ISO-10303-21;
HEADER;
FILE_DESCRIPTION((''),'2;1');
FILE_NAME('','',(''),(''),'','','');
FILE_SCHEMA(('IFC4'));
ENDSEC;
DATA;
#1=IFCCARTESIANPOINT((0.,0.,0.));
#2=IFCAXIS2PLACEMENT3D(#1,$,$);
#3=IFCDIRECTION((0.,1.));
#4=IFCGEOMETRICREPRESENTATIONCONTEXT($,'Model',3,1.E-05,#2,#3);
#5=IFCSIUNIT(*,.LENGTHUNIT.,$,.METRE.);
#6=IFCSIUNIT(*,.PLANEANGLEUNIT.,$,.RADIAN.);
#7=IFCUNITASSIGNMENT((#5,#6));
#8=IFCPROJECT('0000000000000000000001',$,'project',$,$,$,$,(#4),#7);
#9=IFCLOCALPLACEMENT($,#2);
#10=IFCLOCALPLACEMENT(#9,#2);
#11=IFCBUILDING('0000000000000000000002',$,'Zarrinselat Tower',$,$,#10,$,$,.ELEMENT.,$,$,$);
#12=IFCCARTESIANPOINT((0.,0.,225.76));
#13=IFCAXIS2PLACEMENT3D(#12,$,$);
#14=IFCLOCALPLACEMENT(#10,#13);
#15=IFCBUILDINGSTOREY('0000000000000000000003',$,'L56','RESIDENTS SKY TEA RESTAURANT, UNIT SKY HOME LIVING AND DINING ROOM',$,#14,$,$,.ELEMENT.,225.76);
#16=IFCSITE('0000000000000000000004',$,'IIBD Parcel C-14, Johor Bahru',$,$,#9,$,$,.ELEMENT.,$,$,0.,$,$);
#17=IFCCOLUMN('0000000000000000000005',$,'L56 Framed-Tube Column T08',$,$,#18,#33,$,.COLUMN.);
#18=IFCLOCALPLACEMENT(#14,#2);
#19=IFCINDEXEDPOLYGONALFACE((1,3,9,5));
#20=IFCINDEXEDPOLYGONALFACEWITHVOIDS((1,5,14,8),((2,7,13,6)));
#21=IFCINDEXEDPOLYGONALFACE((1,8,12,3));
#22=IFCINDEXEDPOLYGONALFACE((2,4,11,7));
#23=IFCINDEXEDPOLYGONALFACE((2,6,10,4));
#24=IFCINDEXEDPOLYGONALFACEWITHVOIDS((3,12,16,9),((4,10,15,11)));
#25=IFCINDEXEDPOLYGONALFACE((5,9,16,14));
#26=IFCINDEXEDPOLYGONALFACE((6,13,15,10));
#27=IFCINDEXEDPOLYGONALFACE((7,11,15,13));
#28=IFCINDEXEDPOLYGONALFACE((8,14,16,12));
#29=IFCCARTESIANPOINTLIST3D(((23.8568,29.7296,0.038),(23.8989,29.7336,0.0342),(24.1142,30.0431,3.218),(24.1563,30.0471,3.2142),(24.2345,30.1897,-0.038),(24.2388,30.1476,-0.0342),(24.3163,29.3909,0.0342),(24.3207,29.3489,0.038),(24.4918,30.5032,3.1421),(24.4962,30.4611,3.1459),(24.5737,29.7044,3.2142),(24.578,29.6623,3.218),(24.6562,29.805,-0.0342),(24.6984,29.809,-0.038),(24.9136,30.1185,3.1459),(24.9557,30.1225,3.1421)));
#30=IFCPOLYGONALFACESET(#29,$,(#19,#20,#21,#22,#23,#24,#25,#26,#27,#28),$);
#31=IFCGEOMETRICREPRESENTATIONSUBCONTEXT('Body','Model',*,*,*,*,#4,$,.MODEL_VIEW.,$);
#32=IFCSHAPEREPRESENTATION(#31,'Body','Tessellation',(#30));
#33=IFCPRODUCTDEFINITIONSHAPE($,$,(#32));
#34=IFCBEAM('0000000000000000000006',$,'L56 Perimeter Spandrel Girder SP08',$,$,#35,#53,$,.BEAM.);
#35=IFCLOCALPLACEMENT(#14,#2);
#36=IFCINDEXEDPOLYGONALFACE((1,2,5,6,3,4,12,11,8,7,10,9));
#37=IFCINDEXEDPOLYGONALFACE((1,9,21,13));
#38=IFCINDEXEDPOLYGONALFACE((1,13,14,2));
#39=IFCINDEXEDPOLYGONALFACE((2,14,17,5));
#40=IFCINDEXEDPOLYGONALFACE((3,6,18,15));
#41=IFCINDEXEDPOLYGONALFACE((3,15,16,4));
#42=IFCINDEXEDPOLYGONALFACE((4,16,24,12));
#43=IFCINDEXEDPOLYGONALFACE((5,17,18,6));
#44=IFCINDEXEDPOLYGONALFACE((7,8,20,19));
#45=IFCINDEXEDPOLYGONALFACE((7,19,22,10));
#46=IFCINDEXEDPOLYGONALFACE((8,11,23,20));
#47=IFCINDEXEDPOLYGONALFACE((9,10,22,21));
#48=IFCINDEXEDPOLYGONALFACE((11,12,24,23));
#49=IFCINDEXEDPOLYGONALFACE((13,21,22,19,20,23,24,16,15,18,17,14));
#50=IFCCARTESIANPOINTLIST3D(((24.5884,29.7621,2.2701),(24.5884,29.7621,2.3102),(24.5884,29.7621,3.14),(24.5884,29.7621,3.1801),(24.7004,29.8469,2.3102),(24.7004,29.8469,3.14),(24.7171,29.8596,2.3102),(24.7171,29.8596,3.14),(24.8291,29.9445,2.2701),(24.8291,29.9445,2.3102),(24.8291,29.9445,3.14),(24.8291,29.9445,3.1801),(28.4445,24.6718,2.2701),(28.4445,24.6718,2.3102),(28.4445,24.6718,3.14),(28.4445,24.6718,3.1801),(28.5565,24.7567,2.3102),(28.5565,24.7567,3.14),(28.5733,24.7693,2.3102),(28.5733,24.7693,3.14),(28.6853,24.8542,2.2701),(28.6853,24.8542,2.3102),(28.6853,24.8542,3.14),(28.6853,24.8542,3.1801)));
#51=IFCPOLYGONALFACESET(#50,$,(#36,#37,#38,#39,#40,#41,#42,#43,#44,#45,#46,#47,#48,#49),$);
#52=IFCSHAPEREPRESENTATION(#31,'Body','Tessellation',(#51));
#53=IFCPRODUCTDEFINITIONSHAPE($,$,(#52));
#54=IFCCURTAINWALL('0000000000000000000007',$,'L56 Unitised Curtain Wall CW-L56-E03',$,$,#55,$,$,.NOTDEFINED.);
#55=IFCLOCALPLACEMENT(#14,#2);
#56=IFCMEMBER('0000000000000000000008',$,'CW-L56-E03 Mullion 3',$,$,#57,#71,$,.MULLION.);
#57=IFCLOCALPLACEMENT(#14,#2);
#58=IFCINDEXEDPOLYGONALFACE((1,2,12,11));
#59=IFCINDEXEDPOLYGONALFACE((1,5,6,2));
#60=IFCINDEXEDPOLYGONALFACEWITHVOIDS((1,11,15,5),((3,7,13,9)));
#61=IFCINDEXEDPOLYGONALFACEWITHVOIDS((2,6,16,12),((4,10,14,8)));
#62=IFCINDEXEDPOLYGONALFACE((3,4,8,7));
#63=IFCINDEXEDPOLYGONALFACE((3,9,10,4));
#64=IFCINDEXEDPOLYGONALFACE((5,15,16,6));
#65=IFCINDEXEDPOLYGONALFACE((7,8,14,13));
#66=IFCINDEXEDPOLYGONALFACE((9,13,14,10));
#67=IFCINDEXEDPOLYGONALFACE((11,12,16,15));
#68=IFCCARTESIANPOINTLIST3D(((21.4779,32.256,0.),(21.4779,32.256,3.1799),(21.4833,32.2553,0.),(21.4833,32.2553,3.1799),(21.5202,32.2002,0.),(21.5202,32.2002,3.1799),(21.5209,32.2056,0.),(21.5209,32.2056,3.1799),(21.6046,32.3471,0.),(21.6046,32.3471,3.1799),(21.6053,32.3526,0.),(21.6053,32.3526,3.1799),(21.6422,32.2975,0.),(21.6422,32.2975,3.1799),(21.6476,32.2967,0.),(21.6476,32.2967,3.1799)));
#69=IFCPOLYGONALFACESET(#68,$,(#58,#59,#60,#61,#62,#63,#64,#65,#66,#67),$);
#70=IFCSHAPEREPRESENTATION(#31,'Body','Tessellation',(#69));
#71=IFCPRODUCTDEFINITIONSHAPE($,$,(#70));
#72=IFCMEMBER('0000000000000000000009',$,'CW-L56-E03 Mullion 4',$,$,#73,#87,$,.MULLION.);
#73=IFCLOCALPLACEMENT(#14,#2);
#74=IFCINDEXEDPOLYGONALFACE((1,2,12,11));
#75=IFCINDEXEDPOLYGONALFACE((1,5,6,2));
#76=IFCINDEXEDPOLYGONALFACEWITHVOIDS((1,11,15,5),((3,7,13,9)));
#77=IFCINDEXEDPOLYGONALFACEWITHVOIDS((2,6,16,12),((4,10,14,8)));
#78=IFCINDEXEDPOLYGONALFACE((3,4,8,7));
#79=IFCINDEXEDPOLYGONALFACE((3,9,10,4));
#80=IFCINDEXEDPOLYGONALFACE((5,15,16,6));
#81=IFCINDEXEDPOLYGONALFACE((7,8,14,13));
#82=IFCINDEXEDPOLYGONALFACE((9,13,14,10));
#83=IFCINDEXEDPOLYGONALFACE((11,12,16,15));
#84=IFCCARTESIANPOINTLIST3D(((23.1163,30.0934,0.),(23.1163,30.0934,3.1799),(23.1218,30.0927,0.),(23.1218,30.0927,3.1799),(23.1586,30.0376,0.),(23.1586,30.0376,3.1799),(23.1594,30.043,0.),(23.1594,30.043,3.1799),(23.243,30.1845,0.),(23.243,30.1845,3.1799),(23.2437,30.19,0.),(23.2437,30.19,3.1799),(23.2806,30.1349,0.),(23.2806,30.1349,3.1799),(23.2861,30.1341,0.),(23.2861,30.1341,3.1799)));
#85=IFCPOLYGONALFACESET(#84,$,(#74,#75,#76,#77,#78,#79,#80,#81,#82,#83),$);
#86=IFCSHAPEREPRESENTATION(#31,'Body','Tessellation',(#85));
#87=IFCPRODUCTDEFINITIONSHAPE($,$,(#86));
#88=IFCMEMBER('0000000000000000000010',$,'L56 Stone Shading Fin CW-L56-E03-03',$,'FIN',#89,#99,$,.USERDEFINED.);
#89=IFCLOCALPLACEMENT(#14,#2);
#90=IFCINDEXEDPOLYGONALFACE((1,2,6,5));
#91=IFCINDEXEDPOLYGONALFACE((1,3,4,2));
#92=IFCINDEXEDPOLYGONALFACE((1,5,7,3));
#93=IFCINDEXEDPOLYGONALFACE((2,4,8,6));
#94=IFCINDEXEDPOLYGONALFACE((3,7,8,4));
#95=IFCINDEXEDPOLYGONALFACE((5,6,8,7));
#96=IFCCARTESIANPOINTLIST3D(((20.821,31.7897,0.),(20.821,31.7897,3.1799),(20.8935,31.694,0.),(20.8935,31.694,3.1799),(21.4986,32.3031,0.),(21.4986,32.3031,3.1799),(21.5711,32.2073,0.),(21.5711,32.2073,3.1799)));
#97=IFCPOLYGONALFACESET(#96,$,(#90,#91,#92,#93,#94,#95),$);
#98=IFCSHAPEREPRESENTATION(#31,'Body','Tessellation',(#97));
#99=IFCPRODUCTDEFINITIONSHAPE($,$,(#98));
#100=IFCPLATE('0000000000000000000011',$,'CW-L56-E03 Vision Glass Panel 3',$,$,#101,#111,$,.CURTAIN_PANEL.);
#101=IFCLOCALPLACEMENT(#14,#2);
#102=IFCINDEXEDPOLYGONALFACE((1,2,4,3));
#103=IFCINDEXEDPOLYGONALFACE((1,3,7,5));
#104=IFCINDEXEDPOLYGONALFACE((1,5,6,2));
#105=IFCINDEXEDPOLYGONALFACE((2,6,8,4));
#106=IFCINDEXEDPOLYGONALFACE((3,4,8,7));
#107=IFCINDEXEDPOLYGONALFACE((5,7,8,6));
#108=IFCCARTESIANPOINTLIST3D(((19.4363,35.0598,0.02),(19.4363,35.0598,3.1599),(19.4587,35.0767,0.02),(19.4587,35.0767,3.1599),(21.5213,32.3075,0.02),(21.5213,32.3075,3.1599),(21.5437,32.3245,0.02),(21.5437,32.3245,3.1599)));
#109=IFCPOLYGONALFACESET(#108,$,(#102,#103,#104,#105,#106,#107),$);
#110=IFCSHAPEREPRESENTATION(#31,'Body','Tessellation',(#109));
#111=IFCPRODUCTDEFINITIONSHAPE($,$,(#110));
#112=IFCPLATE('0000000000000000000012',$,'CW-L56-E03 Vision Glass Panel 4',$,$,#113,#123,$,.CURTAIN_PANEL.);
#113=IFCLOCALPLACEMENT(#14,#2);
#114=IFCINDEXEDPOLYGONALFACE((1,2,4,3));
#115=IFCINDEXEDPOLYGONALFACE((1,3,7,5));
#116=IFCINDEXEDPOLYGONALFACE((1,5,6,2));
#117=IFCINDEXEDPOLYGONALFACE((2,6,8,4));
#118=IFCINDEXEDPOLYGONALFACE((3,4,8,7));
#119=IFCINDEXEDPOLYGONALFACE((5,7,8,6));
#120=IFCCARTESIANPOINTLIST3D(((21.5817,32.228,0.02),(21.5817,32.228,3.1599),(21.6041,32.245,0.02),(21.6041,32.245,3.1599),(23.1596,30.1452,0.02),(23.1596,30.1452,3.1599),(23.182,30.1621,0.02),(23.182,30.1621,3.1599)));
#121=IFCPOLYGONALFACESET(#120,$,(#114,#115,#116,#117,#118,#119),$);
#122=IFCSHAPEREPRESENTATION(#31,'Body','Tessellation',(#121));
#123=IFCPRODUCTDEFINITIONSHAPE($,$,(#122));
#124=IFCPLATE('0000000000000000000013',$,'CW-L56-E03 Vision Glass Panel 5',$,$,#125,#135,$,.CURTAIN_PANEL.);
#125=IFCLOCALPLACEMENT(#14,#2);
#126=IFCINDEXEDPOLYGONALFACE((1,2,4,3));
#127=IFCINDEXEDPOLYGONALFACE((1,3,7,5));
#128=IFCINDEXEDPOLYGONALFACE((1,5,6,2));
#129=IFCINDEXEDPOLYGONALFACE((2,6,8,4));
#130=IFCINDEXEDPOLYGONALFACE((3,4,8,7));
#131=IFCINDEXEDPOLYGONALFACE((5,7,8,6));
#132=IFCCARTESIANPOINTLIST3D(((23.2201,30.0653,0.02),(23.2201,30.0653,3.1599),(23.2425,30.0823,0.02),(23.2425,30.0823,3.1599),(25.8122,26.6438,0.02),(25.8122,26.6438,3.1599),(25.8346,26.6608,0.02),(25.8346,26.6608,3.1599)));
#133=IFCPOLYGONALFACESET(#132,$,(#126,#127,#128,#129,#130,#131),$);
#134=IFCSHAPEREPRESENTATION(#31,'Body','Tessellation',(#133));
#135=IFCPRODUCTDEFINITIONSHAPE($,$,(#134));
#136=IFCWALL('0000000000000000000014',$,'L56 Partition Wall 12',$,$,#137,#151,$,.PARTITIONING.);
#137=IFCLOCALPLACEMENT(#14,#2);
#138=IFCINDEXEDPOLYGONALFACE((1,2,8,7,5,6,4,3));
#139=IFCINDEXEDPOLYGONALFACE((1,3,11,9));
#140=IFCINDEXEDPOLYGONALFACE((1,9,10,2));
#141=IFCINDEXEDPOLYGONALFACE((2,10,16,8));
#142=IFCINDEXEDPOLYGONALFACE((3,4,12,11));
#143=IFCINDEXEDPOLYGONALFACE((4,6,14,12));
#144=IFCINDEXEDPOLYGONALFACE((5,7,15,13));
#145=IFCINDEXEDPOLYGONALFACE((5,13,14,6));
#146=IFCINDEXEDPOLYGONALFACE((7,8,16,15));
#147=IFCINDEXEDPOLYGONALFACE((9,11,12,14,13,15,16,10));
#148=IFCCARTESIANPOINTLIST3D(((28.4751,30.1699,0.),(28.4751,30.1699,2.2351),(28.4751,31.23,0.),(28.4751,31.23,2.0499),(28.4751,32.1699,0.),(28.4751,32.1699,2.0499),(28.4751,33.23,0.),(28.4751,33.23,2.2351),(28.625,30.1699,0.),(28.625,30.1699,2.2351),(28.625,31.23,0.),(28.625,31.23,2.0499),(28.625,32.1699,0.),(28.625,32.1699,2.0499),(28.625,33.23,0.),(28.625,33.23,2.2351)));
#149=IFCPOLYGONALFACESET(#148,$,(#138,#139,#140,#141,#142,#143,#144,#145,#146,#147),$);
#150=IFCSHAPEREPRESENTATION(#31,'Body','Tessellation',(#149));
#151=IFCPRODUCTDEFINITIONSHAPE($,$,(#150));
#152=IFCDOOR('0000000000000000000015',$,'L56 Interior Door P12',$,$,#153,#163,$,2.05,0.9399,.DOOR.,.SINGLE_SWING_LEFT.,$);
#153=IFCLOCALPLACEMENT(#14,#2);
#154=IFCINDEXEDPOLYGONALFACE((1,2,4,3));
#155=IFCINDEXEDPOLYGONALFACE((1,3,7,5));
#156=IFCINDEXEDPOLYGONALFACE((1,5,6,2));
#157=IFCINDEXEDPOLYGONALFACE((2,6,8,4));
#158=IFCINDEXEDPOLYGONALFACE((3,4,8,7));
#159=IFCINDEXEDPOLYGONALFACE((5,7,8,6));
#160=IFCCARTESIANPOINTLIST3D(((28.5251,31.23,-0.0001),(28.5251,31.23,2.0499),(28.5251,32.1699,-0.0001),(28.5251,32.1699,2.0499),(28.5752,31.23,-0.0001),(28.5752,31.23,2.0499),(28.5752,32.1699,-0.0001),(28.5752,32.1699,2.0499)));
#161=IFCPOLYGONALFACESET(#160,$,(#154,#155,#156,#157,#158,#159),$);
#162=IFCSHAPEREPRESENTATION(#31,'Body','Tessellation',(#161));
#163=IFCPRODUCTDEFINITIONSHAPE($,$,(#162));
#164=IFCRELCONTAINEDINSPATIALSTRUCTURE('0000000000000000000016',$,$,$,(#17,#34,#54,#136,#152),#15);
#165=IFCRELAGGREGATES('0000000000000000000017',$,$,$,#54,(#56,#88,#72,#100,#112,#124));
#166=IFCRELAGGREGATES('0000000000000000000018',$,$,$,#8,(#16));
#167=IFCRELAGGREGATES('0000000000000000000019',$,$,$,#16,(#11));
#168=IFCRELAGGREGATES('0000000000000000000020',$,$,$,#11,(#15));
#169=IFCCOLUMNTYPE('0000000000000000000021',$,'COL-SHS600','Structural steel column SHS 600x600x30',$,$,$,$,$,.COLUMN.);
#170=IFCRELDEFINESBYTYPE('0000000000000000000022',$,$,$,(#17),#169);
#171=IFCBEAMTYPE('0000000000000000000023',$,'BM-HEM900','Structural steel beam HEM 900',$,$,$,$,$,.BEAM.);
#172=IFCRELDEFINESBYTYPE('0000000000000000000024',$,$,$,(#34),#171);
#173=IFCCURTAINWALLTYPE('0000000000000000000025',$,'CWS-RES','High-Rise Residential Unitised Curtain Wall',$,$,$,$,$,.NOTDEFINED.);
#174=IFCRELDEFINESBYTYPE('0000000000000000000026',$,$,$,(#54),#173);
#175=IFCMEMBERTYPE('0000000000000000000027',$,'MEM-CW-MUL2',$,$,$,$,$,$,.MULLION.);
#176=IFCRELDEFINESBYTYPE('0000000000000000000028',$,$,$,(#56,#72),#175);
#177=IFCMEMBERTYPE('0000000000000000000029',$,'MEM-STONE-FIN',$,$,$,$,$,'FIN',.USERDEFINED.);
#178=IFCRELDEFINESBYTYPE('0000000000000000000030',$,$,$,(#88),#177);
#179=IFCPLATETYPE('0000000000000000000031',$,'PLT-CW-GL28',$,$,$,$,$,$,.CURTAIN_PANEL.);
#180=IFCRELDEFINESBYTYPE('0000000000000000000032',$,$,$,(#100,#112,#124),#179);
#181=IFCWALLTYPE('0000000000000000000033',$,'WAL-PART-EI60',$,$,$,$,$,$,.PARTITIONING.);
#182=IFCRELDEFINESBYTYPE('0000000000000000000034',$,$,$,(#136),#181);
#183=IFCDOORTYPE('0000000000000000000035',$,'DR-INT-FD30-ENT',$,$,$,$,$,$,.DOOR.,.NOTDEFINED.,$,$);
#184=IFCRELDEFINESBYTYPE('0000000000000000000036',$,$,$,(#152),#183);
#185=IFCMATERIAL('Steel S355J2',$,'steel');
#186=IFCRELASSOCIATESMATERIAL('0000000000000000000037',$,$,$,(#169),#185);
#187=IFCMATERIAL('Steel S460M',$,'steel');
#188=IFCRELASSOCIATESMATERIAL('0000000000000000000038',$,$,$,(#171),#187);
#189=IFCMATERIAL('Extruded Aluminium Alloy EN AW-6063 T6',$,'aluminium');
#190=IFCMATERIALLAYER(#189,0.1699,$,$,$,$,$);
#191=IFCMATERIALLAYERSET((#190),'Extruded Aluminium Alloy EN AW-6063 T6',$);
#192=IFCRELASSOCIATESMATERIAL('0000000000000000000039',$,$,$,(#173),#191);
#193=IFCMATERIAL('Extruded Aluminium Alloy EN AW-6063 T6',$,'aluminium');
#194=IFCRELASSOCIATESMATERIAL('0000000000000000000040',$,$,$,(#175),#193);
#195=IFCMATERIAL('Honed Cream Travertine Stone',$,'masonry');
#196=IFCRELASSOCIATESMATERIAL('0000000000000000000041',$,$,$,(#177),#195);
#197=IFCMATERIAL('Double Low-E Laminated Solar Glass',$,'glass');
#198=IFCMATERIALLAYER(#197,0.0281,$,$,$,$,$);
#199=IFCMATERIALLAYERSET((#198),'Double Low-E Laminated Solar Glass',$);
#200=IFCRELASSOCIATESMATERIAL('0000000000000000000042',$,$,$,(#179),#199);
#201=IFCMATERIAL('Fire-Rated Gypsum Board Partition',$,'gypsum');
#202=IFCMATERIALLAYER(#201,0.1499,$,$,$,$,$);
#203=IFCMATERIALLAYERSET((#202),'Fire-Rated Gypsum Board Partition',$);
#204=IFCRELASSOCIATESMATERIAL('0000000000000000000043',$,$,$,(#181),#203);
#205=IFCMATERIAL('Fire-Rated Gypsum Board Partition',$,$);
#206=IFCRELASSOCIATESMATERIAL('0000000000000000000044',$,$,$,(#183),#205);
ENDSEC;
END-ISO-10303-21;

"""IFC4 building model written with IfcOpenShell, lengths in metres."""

from ifc_helpers import new_model, si_unit, direction, frame, frame_2d, origin, origin_2d, place, context, subcontext, project, spatial, rectangle, hollow_rectangle, i_section, extrude, material, layer, layer_set, material_profile, profile_set, type_object, element, fill, aggregate, save


model = new_model("IFC4")

# Units and contexts
model_context = context("Model", 3, precision=1e-05, world=origin(), true_north=direction((0.0, 1.0)))
body_context = subcontext(model_context, "Body", "Model", "MODEL_VIEW")
ifc_project = project(units=[si_unit("LENGTHUNIT", "METRE"), si_unit("PLANEANGLEUNIT", "RADIAN")], contexts=[model_context])

# Site, building, storey
site_placement = place(None, origin())
site = spatial("IfcSite", under=ifc_project, at=site_placement, Name="IIBD Parcel C-14, Johor Bahru", CompositionType="ELEMENT", RefElevation=0.0)
building_placement = place(site_placement, origin())
building = spatial("IfcBuilding", under=site, at=building_placement, Name="Zarrinselat Tower", CompositionType="ELEMENT")
storey_placement = place(building_placement, frame((0.0, 0.0, 225.76)))
storey = spatial("IfcBuildingStorey", under=building, at=storey_placement, Name="L56", Description="RESIDENTS SKY TEA RESTAURANT, UNIT SKY HOME LIVING AND DINING ROOM", CompositionType="ELEMENT", Elevation=225.76)

# Column
ifc_material_1 = material(Name="Steel S355J2", Category="steel")
ifc_material_profile_1 = material_profile(ifc_material_1, hollow_rectangle(XDim=0.6001, YDim=0.6001, WallThickness=0.03, at=origin_2d()), Name="SHS 600x600x30")
ifc_profile_set_1 = profile_set([ifc_material_profile_1], Name="Steel S355J2")
column_type = type_object("IfcColumnType", Name="COL-SHS600", Description="Structural steel column SHS 600x600x30", PredefinedType="COLUMN", material=ifc_profile_set_1)
column_placement = place(storey_placement, frame((24.2776, 29.7693, 0.0), z_axis=(0.080271, 0.097788, 0.991965), x_axis=(-0.772937, 0.634483, 0.0)))
element("IfcColumn", 1, at=column_placement, inside=storey, type_object=column_type, Name="L56 Framed-Tube Column T08", PredefinedType="COLUMN", context=body_context, shape_type="SweptSolid", body=[
    extrude(hollow_rectangle(XDim=0.6001, YDim=0.6001, WallThickness=0.03, at=origin_2d()), origin(), (0.0, 0.0, 1.0), 3.2058),
])

# Beam
ifc_material_2 = material(Name="Steel S460M", Category="steel")
ifc_material_profile_2 = material_profile(ifc_material_2, i_section(OverallWidth=0.302, OverallDepth=0.9099, WebThickness=0.021, FlangeThickness=0.04, at=origin_2d()), Name="HEM 900")
ifc_profile_set_2 = profile_set([ifc_material_profile_2], Name="Steel S460M")
beam_type = type_object("IfcBeamType", Name="BM-HEM900", Description="Structural steel beam HEM 900", PredefinedType="BEAM", material=ifc_profile_set_2)
beam_placement = place(storey_placement, frame((24.7087, 29.8533, 2.7251), z_axis=(0.603847, -0.797101, 0.0), x_axis=(0.797101, 0.603847, 0.0)))
element("IfcBeam", 2, at=beam_placement, inside=storey, type_object=beam_type, Name="L56 Perimeter Spandrel Girder SP08", PredefinedType="BEAM", context=body_context, shape_type="SweptSolid", body=[
    extrude(i_section(OverallWidth=0.302, OverallDepth=0.9099, WebThickness=0.021, FlangeThickness=0.04, at=origin_2d()), origin(), (0.0, 0.0, 1.0), 6.386),
])

# Curtain wall, members, plates
ifc_material_3 = material(Name="Extruded Aluminium Alloy EN AW-6063 T6", Category="aluminium")
ifc_layer_1 = layer(ifc_material_3, 0.1699)
ifc_layer_set_1 = layer_set([ifc_layer_1], Name="Extruded Aluminium Alloy EN AW-6063 T6")
curtain_wall_type = type_object("IfcCurtainWallType", Name="CWS-RES", Description="High-Rise Residential Unitised Curtain Wall", PredefinedType="NOTDEFINED", material=ifc_layer_set_1)
curtain_wall_placement = place(storey_placement, origin())
curtain_wall = element("IfcCurtainWall", 3, at=curtain_wall_placement, inside=storey, type_object=curtain_wall_type, Name="L56 Unitised Curtain Wall CW-L56-E03", PredefinedType="NOTDEFINED")
ifc_material_4 = material(Name="Extruded Aluminium Alloy EN AW-6063 T6", Category="aluminium")
ifc_material_profile_3 = material_profile(ifc_material_4, hollow_rectangle(XDim=0.0701, YDim=0.1599, WallThickness=0.0039, at=origin_2d()), Name="RHS 160x70x4")
ifc_profile_set_3 = profile_set([ifc_material_profile_3], Name="Extruded Aluminium Alloy EN AW-6063 T6")
member_type_1 = type_object("IfcMemberType", Name="MEM-CW-MUL2", PredefinedType="MULLION", material=ifc_profile_set_3)
member_1_placement = place(storey_placement, frame((21.5627, 32.2764, 0.0), z_axis=(0.0, 0.0, 1.0), x_axis=(0.60386, -0.797091, 0.0)))
member_1 = element("IfcMember", 4, at=member_1_placement, type_object=member_type_1, Name="CW-L56-E03 Mullion 3", PredefinedType="MULLION", context=body_context, shape_type="SweptSolid", body=[
    extrude(hollow_rectangle(XDim=0.0701, YDim=0.1599, WallThickness=0.0039, at=origin_2d()), origin(), (0.0, 0.0, 1.0), 3.1799),
])
member_2_placement = place(storey_placement, frame((23.2012, 30.1138, 0.0), z_axis=(0.0, 0.0, 1.0), x_axis=(0.60386, -0.797091, 0.0)))
member_2 = element("IfcMember", 5, at=member_2_placement, type_object=member_type_1, Name="CW-L56-E03 Mullion 4", PredefinedType="MULLION", context=body_context, shape_type="SweptSolid", body=[
    extrude(hollow_rectangle(XDim=0.0701, YDim=0.1599, WallThickness=0.0039, at=origin_2d()), origin(), (0.0, 0.0, 1.0), 3.1799),
])
ifc_material_5 = material(Name="Honed Cream Travertine Stone", Category="masonry")
ifc_material_profile_4 = material_profile(ifc_material_5, rectangle(XDim=0.1201, YDim=0.8501, at=origin_2d()), Name="FIN 850x120")
ifc_profile_set_4 = profile_set([ifc_material_profile_4], Name="Honed Cream Travertine Stone")
member_type_2 = type_object("IfcMemberType", Name="MEM-STONE-FIN", ElementType="FIN", PredefinedType="USERDEFINED", material=ifc_profile_set_4)
member_3_placement = place(storey_placement, frame((21.196, 31.9985, 0.0), z_axis=(0.0, 0.0, 1.0), x_axis=(-0.60386, 0.797091, 0.0)))
member_3 = element("IfcMember", 6, at=member_3_placement, type_object=member_type_2, Name="L56 Stone Shading Fin CW-L56-E03-03", ObjectType="FIN", PredefinedType="USERDEFINED", context=body_context, shape_type="SweptSolid", body=[
    extrude(rectangle(XDim=0.1201, YDim=0.8501, at=origin_2d()), origin(), (0.0, 0.0, 1.0), 3.1799),
])
ifc_material_6 = material(Name="Double Low-E Laminated Solar Glass", Category="glass")
ifc_layer_2 = layer(ifc_material_6, 0.0281)
ifc_layer_set_2 = layer_set([ifc_layer_2], Name="Double Low-E Laminated Solar Glass")
plate_type = type_object("IfcPlateType", Name="PLT-CW-GL28", PredefinedType="CURTAIN_PANEL", material=ifc_layer_set_2)
plate_1_placement = place(storey_placement, frame((20.49, 33.6921, 0.02), z_axis=(0.0, 0.0, 1.0), x_axis=(0.60386, -0.797091, 0.0)))
plate_1 = element("IfcPlate", 7, at=plate_1_placement, type_object=plate_type, Name="CW-L56-E03 Vision Glass Panel 3", PredefinedType="CURTAIN_PANEL", context=body_context, shape_type="SweptSolid", body=[
    extrude(rectangle(XDim=3.4529, YDim=0.0281, at=origin_2d()), origin(), (0.0, 0.0, 1.0), 3.1399),
])
plate_2_placement = place(storey_placement, frame((22.3818, 31.1951, 0.02), z_axis=(0.0, 0.0, 1.0), x_axis=(0.60386, -0.797091, 0.0)))
plate_2 = element("IfcPlate", 8, at=plate_2_placement, type_object=plate_type, Name="CW-L56-E03 Vision Glass Panel 4", PredefinedType="CURTAIN_PANEL", context=body_context, shape_type="SweptSolid", body=[
    extrude(rectangle(XDim=2.613, YDim=0.0281, at=origin_2d()), origin(), (0.0, 0.0, 1.0), 3.1399),
])
plate_3_placement = place(storey_placement, frame((24.5273, 28.363, 0.02), z_axis=(0.0, 0.0, 1.0), x_axis=(0.60386, -0.797091, 0.0)))
plate_3 = element("IfcPlate", 9, at=plate_3_placement, type_object=plate_type, Name="CW-L56-E03 Vision Glass Panel 5", PredefinedType="CURTAIN_PANEL", context=body_context, shape_type="SweptSolid", body=[
    extrude(rectangle(XDim=4.2925, YDim=0.0281, at=origin_2d()), origin(), (0.0, 0.0, 1.0), 3.1399),
])
aggregate(curtain_wall, [member_1, member_3, member_2, plate_1, plate_2, plate_3])

# Wall, opening, door
ifc_material_7 = material(Name="Fire-Rated Gypsum Board Partition", Category="gypsum")
ifc_layer_3 = layer(ifc_material_7, 0.1499)
ifc_layer_set_3 = layer_set([ifc_layer_3], Name="Fire-Rated Gypsum Board Partition")
wall_type_1 = type_object("IfcWallType", Name="WAL-PART-EI60", PredefinedType="PARTITIONING", material=ifc_layer_set_3)
wall_1_placement = place(storey_placement, frame((28.55, 30.1699, 0.0), z_axis=(0.0, 0.0, 1.0), x_axis=(0.0, 1.0, 0.0)))
wall_1 = element("IfcWall", 10, at=wall_1_placement, inside=storey, type_object=wall_type_1, Name="L56 Partition Wall 12", PredefinedType="PARTITIONING", context=body_context, shape_type="SweptSolid", body=[
    extrude(rectangle(XDim=3.0601, YDim=0.1499, at=frame_2d((1.53, 0.0))), origin(), (0.0, 0.0, 1.0), 2.2351),
])
opening_1_placement = place(wall_1_placement, frame((1.0601, 0.0, 0.0)))
opening_1 = element("IfcOpeningElement", 11, at=opening_1_placement, cuts=wall_1, PredefinedType="OPENING", context=body_context, shape_type="SweptSolid", body=[
    extrude(rectangle(XDim=0.9399, YDim=2.05, at=frame_2d((0.47, 1.0249))), frame((0.0, 0.085, 0.0), z_axis=(0.0, -1.0, 0.0), x_axis=(1.0, 0.0, 0.0)), (0.0, 0.0, 1.0), 0.1699),
])
ifc_material_8 = material(Name="Fire-Rated Gypsum Board Partition")
door_type_1 = type_object("IfcDoorType", Name="DR-INT-FD30-ENT", OperationType="NOTDEFINED", PredefinedType="DOOR", material=ifc_material_8)
door_1_placement = place(opening_1_placement, origin())
door_1 = element("IfcDoor", 12, at=door_1_placement, inside=storey, type_object=door_type_1, Name="L56 Interior Door P12", OperationType="SINGLE_SWING_LEFT", OverallHeight=2.05, OverallWidth=0.9399, PredefinedType="DOOR", context=body_context, shape_type="SweptSolid", body=[
    extrude(rectangle(XDim=0.9399, YDim=2.05, at=frame_2d((0.47, 1.0249))), frame((0.0, 0.0249, 0.0), z_axis=(0.0, -1.0, 0.0), x_axis=(1.0, 0.0, 0.0)), (0.0, 0.0, 1.0), 0.05),
])
fill(opening_1, door_1)

save(model, "model.ifc")
